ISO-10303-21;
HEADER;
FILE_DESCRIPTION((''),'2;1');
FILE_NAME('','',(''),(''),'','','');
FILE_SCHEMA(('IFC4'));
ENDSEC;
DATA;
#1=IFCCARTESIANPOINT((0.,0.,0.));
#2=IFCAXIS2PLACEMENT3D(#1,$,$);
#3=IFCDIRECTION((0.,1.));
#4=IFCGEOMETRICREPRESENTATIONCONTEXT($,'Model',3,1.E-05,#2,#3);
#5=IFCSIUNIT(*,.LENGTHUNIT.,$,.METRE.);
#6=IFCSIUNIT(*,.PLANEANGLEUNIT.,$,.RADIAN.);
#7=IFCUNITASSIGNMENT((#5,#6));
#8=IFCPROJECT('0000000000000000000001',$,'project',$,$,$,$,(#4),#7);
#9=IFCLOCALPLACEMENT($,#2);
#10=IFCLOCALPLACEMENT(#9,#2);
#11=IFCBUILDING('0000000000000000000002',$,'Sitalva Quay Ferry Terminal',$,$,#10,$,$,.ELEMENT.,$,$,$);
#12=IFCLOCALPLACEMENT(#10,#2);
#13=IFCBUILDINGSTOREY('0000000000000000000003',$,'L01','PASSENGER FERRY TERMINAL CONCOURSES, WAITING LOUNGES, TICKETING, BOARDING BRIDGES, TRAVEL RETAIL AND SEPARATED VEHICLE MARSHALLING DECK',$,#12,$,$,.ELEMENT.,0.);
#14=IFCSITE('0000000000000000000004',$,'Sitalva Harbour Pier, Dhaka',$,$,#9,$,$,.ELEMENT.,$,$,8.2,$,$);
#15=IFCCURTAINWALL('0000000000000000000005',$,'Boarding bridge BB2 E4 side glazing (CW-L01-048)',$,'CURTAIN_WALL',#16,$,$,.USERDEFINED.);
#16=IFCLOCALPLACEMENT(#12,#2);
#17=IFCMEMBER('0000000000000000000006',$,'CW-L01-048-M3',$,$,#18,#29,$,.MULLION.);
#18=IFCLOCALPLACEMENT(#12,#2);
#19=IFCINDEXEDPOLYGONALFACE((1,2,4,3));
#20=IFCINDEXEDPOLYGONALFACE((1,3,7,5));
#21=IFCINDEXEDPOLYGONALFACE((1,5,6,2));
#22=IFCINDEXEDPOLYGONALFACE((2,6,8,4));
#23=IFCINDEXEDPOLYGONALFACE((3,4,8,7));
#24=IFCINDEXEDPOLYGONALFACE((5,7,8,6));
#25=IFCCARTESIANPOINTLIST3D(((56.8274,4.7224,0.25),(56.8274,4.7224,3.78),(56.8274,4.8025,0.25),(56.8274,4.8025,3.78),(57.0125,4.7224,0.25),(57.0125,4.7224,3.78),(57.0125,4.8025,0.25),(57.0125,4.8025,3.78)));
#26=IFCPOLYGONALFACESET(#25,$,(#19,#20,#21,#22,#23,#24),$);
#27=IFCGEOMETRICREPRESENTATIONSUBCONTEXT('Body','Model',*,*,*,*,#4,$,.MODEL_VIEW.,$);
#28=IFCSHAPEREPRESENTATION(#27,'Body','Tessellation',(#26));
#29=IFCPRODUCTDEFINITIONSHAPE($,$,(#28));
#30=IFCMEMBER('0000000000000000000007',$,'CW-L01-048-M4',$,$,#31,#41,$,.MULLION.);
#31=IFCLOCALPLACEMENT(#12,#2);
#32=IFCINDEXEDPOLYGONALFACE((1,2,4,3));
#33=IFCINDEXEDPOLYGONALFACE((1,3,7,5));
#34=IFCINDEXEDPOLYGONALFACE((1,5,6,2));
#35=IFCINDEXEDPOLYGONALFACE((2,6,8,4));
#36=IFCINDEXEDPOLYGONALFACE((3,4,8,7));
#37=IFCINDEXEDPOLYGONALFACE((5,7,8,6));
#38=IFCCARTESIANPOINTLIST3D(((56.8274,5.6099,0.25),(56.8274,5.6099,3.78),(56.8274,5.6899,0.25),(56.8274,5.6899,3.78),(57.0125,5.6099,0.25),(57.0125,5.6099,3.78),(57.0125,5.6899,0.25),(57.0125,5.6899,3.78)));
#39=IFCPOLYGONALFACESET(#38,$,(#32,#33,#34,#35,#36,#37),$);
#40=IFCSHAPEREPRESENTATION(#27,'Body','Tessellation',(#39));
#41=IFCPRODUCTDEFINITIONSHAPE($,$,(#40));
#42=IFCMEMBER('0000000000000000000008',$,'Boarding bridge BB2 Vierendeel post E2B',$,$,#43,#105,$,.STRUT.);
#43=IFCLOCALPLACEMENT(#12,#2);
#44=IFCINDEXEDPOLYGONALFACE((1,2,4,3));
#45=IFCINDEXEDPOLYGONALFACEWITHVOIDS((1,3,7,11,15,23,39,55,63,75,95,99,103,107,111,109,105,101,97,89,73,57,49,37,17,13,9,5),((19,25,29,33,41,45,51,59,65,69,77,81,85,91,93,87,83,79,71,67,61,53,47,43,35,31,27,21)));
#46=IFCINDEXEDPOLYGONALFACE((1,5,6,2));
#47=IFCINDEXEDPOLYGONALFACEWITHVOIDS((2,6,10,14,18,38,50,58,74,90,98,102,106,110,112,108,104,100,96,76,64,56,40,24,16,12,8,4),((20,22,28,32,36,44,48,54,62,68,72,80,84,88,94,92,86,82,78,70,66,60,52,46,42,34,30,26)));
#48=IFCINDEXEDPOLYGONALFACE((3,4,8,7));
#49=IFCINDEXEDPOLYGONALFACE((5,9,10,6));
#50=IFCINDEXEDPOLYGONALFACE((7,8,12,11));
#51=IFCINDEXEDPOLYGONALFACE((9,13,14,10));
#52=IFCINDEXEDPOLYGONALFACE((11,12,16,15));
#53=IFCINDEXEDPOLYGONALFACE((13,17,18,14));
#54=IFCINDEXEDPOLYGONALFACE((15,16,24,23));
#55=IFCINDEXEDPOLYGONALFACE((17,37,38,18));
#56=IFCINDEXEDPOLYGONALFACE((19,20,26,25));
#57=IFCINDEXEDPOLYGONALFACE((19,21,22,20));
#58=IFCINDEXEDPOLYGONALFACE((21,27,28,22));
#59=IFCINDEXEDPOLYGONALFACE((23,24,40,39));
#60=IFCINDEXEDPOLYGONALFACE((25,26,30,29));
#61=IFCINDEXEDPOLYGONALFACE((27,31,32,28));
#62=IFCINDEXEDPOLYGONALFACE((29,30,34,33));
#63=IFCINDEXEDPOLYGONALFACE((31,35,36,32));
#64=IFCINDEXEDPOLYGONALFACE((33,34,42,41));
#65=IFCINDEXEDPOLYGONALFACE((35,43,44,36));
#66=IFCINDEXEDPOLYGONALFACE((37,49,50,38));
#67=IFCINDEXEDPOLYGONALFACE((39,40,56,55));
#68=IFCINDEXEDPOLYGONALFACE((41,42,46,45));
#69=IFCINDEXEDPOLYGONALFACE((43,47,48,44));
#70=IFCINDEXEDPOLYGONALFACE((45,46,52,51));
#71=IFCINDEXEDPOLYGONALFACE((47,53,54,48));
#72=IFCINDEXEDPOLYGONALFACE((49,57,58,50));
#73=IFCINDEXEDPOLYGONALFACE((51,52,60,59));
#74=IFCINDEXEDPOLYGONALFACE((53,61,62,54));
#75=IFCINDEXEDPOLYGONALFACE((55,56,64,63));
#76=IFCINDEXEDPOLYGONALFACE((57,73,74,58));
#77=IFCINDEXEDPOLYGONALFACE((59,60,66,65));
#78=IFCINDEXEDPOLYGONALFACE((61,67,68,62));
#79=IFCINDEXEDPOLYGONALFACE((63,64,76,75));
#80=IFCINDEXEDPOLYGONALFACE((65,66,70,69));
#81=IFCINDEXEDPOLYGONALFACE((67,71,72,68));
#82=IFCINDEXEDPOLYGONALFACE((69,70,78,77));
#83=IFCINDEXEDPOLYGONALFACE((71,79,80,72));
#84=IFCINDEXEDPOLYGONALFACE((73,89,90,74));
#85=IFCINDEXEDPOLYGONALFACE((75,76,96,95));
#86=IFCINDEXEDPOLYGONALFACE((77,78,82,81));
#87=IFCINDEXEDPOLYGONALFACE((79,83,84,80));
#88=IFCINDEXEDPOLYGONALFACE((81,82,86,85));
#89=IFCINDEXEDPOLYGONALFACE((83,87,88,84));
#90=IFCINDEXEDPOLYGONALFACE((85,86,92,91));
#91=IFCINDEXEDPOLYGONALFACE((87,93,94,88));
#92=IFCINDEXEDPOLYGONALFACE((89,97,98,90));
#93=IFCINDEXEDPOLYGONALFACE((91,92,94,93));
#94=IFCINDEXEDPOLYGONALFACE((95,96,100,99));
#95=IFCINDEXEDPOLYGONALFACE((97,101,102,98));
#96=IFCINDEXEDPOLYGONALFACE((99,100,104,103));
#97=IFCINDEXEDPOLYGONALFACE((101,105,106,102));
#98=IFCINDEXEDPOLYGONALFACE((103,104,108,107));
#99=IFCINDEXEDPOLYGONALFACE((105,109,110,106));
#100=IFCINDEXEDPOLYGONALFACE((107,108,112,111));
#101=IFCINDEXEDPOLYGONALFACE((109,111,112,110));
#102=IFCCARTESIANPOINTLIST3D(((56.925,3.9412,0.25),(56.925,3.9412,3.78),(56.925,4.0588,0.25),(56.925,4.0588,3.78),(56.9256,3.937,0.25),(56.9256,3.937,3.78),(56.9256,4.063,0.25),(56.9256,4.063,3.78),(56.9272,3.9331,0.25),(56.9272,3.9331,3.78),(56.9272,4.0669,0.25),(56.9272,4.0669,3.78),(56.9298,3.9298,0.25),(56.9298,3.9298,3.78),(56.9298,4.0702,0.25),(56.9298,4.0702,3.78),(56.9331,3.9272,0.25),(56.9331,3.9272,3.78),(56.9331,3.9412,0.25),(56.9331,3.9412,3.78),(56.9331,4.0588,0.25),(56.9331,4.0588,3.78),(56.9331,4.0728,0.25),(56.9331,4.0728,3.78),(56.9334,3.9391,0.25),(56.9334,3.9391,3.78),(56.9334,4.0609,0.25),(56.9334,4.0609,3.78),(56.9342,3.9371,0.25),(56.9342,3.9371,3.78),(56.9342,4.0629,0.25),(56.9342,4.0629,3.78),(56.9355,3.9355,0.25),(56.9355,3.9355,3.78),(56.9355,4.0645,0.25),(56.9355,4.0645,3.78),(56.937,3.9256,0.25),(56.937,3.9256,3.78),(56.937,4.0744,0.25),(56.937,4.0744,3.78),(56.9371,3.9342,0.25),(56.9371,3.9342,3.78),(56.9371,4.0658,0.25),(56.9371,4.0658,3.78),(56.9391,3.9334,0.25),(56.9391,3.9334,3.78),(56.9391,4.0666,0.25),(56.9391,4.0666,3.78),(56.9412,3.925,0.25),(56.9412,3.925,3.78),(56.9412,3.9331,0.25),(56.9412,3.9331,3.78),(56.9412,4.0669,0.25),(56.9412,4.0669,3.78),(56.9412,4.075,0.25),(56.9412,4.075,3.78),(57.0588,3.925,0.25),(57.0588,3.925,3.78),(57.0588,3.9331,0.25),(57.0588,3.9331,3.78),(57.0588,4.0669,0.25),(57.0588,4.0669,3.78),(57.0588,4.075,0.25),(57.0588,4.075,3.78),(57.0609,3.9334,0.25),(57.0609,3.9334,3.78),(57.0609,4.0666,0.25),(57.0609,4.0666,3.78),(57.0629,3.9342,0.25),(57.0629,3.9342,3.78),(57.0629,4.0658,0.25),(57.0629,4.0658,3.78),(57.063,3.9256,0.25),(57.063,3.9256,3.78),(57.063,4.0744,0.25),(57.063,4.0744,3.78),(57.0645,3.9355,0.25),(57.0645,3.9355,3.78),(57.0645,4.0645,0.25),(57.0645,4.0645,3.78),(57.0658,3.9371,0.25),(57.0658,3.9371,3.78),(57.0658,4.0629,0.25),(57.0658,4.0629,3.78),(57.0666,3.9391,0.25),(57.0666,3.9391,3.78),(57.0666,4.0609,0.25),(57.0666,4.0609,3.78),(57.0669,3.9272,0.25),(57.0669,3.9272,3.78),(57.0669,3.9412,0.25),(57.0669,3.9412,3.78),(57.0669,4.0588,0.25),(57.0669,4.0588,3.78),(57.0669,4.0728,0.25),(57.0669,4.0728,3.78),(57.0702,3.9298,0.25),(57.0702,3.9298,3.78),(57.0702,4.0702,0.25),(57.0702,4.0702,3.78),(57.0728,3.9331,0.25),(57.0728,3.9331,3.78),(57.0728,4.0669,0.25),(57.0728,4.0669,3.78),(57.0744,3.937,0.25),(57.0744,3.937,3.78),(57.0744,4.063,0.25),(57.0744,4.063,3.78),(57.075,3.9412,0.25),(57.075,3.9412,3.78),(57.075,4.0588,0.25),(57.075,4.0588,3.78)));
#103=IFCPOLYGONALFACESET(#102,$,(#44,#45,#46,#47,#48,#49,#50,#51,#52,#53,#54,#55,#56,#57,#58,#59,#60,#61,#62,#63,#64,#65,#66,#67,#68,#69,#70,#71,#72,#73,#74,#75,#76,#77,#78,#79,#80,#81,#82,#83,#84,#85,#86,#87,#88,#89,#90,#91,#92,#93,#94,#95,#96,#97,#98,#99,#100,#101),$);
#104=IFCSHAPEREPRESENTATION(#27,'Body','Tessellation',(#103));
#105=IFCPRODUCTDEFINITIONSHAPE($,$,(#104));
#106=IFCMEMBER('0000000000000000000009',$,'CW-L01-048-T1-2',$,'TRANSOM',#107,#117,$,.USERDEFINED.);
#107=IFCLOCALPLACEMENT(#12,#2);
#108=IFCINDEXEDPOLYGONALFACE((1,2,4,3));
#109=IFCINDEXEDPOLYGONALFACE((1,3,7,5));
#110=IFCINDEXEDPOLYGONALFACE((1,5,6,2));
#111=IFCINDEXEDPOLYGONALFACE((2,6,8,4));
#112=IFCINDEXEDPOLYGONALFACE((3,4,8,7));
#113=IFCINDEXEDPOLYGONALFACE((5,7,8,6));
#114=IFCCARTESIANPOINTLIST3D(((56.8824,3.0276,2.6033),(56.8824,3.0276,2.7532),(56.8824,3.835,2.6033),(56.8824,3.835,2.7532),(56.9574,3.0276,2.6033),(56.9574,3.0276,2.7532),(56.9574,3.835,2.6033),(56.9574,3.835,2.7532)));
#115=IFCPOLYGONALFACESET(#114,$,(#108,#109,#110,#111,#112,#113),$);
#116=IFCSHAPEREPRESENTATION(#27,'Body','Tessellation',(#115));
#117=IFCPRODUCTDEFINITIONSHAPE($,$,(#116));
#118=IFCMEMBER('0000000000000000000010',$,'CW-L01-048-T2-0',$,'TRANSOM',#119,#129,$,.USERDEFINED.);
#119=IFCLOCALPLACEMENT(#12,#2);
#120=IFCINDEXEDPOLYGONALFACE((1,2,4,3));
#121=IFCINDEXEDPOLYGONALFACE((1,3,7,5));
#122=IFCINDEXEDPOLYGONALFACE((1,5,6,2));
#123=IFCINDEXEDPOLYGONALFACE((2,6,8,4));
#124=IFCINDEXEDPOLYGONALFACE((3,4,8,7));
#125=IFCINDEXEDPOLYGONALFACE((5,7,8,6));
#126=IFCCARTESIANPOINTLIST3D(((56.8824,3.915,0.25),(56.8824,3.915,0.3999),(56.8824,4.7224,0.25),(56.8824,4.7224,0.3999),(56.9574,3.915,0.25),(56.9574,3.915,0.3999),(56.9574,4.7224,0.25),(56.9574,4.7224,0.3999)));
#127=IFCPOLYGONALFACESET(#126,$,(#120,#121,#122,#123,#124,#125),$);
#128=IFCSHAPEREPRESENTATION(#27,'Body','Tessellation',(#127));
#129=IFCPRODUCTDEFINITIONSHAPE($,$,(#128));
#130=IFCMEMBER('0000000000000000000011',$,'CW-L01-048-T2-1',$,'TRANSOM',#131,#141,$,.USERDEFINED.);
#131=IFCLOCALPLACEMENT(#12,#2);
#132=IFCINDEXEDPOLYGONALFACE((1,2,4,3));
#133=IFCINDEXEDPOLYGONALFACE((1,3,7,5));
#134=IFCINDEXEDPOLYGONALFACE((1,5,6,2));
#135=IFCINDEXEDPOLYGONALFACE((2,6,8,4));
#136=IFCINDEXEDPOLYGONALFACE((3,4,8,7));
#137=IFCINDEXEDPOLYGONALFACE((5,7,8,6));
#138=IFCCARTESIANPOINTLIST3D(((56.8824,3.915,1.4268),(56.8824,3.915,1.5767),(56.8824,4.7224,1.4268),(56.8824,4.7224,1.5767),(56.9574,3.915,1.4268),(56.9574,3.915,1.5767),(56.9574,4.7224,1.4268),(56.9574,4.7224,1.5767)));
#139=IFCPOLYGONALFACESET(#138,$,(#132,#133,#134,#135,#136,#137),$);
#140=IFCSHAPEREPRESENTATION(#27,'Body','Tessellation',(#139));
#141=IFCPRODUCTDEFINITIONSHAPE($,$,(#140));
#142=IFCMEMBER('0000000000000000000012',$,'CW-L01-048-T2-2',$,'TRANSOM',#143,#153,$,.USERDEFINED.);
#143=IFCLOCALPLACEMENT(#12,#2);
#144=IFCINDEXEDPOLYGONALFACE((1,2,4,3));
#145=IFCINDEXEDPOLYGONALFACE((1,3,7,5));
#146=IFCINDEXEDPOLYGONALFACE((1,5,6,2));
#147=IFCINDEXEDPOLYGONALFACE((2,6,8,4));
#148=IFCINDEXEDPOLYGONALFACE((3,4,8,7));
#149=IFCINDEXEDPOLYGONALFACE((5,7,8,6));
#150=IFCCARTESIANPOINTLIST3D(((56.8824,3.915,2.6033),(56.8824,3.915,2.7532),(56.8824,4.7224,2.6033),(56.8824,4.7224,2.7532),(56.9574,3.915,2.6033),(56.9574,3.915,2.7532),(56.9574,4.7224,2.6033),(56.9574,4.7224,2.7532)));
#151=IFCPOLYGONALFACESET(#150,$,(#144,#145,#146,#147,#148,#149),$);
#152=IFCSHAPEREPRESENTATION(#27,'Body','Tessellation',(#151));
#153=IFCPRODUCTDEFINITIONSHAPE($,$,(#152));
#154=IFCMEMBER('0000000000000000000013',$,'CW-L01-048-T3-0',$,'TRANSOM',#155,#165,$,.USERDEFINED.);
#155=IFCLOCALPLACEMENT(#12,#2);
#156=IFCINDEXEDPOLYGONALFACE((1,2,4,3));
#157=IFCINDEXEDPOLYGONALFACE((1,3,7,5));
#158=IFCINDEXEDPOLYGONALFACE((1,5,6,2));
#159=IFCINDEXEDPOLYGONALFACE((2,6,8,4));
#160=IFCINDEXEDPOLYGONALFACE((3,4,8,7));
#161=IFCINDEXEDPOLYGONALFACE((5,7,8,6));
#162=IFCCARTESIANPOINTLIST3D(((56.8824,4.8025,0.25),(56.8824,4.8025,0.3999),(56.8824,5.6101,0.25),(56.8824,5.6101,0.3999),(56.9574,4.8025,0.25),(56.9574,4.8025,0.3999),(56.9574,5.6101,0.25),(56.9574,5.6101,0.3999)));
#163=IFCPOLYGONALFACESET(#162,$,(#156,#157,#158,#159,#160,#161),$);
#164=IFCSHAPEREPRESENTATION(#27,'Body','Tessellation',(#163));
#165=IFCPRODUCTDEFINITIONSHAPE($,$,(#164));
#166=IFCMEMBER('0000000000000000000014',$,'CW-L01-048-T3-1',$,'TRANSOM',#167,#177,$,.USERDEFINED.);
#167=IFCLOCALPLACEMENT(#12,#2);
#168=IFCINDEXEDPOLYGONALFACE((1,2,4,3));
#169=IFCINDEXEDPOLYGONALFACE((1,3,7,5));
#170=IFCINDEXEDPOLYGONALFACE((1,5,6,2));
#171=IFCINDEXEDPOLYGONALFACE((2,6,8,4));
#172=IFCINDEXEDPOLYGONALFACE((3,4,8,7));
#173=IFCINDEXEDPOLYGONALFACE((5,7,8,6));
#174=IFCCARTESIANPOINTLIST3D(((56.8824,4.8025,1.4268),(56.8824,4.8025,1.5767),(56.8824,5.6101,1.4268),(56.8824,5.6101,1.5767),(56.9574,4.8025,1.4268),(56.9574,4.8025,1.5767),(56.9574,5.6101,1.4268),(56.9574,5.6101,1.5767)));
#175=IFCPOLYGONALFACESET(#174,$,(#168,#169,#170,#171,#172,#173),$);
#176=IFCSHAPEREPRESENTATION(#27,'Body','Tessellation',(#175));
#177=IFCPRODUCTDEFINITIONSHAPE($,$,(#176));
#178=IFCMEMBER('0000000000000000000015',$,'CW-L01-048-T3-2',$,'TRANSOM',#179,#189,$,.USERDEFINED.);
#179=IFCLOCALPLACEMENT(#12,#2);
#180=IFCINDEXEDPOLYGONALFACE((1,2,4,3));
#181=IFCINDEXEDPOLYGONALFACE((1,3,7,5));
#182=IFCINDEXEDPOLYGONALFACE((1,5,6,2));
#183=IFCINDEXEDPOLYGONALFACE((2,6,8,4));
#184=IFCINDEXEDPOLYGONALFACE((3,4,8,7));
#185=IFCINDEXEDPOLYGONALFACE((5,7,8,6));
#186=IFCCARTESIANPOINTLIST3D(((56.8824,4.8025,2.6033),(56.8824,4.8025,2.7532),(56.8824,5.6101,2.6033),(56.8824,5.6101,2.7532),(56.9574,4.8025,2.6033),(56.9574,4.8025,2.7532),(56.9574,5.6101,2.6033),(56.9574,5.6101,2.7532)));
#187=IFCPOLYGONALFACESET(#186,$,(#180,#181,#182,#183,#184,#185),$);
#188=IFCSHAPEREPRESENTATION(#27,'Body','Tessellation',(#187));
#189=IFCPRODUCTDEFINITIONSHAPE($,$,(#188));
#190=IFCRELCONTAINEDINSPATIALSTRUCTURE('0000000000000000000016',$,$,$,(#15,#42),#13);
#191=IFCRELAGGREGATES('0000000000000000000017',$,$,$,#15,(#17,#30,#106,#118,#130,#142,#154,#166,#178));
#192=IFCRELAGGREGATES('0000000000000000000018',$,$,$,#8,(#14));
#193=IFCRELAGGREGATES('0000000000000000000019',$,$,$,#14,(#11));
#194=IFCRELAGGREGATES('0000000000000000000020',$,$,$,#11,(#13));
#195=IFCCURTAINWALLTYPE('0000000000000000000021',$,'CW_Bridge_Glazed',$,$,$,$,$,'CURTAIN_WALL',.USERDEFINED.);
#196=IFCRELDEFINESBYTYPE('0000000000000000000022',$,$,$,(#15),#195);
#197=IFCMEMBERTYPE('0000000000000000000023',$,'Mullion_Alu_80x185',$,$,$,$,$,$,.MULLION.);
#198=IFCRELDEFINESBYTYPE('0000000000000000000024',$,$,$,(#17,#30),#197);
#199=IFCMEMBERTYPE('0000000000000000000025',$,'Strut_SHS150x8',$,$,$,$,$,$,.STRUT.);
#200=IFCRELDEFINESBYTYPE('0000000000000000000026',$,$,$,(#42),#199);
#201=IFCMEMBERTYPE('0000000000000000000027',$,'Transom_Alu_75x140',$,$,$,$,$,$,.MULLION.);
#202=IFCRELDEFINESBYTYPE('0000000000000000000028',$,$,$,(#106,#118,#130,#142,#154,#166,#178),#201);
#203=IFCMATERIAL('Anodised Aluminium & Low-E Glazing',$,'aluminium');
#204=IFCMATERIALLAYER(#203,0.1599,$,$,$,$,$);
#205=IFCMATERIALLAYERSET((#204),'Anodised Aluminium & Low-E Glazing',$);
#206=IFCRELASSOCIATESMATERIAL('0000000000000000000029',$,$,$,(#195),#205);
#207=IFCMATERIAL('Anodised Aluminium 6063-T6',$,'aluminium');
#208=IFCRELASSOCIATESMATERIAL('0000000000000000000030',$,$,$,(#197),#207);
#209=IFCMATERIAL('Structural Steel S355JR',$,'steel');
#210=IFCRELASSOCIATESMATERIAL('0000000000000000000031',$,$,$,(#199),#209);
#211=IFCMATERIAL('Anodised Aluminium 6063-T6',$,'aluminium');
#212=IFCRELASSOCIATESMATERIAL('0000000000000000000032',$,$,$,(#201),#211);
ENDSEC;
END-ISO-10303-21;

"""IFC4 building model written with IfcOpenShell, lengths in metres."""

from ifc_helpers import new_model, si_unit, direction, frame, origin, origin_2d, place, context, subcontext, project, spatial, rectangle, hollow_rectangle, extrude, material, layer, layer_set, material_profile, profile_set, type_object, element, aggregate, save


model = new_model("IFC4")

# Units and contexts
model_context = context("Model", 3, precision=1e-05, world=origin(), true_north=direction((0.0, 1.0)))
body_context = subcontext(model_context, "Body", "Model", "MODEL_VIEW")
ifc_project = project(units=[si_unit("LENGTHUNIT", "METRE"), si_unit("PLANEANGLEUNIT", "RADIAN")], contexts=[model_context])

# Site, building, storey
site_placement = place(None, origin())
site = spatial("IfcSite", under=ifc_project, at=site_placement, Name="Sitalva Harbour Pier, Dhaka", CompositionType="ELEMENT", RefElevation=8.2)
building_placement = place(site_placement, origin())
building = spatial("IfcBuilding", under=site, at=building_placement, Name="Sitalva Quay Ferry Terminal", CompositionType="ELEMENT")
storey_placement = place(building_placement, origin())
storey = spatial("IfcBuildingStorey", under=building, at=storey_placement, Name="L01", Description="PASSENGER FERRY TERMINAL CONCOURSES, WAITING LOUNGES, TICKETING, BOARDING BRIDGES, TRAVEL RETAIL AND SEPARATED VEHICLE MARSHALLING DECK", CompositionType="ELEMENT", Elevation=0.0)

# Curtain wall, members
ifc_material_1 = material(Name="Anodised Aluminium & Low-E Glazing", Category="aluminium")
ifc_layer_1 = layer(ifc_material_1, 0.1599)
ifc_layer_set_1 = layer_set([ifc_layer_1], Name="Anodised Aluminium & Low-E Glazing")
curtain_wall_type = type_object("IfcCurtainWallType", Name="CW_Bridge_Glazed", ElementType="CURTAIN_WALL", PredefinedType="USERDEFINED", material=ifc_layer_set_1)
curtain_wall_placement = place(storey_placement, origin())
curtain_wall = element("IfcCurtainWall", 1, at=curtain_wall_placement, inside=storey, type_object=curtain_wall_type, Name="Boarding bridge BB2 E4 side glazing (CW-L01-048)", ObjectType="CURTAIN_WALL", PredefinedType="USERDEFINED")
ifc_material_2 = material(Name="Anodised Aluminium 6063-T6", Category="aluminium")
ifc_material_profile_1 = material_profile(ifc_material_2, rectangle(XDim=0.0801, YDim=0.1851, at=origin_2d()), Name="ALU80x185")
ifc_profile_set_1 = profile_set([ifc_material_profile_1], Name="Anodised Aluminium 6063-T6")
member_type_1 = type_object("IfcMemberType", Name="Mullion_Alu_80x185", PredefinedType="MULLION", material=ifc_profile_set_1)
member_1_placement = place(storey_placement, frame((56.9199, 4.7625, 0.25), z_axis=(0.0, 0.0, 1.0), x_axis=(0.0, 1.0, 0.0)))
member_1 = element("IfcMember", 2, at=member_1_placement, type_object=member_type_1, Name="CW-L01-048-M3", PredefinedType="MULLION", context=body_context, shape_type="SweptSolid", body=[
    extrude(rectangle(XDim=0.0801, YDim=0.1851, at=origin_2d()), origin(), (0.0, 0.0, 1.0), 3.53),
])
member_2_placement = place(storey_placement, frame((56.9199, 5.6499, 0.25), z_axis=(0.0, 0.0, 1.0), x_axis=(0.0, 1.0, 0.0)))
member_2 = element("IfcMember", 3, at=member_2_placement, type_object=member_type_1, Name="CW-L01-048-M4", PredefinedType="MULLION", context=body_context, shape_type="SweptSolid", body=[
    extrude(rectangle(XDim=0.0801, YDim=0.1851, at=origin_2d()), origin(), (0.0, 0.0, 1.0), 3.53),
])

# Members
ifc_material_3 = material(Name="Structural Steel S355JR", Category="steel")
ifc_material_profile_2 = material_profile(ifc_material_3, hollow_rectangle(XDim=0.1499, YDim=0.1499, WallThickness=0.0081, InnerFilletRadius=0.0081, OuterFilletRadius=0.0161, at=origin_2d()), Name="SHS150x150x8")
ifc_profile_set_2 = profile_set([ifc_material_profile_2], Name="Structural Steel S355JR")
member_type_2 = type_object("IfcMemberType", Name="Strut_SHS150x8", PredefinedType="STRUT", material=ifc_profile_set_2)
member_3_placement = place(storey_placement, frame((57.0, 4.0, 0.25), z_axis=(0.0, 0.0, 1.0), x_axis=(1.0, 0.0, 0.0)))
element("IfcMember", 4, at=member_3_placement, inside=storey, type_object=member_type_2, Name="Boarding bridge BB2 Vierendeel post E2B", PredefinedType="STRUT", context=body_context, shape_type="SweptSolid", body=[
    extrude(hollow_rectangle(XDim=0.1499, YDim=0.1499, WallThickness=0.0081, InnerFilletRadius=0.0081, OuterFilletRadius=0.0161, at=origin_2d()), origin(), (0.0, 0.0, 1.0), 3.53),
])
ifc_material_4 = material(Name="Anodised Aluminium 6063-T6", Category="aluminium")
ifc_material_profile_3 = material_profile(ifc_material_4, rectangle(XDim=0.075, YDim=0.1499, at=origin_2d()), Name="ALU75x150")
ifc_profile_set_3 = profile_set([ifc_material_profile_3], Name="Anodised Aluminium 6063-T6")
member_type_3 = type_object("IfcMemberType", Name="Transom_Alu_75x140", PredefinedType="MULLION", material=ifc_profile_set_3)
member_4_placement = place(storey_placement, frame((56.9199, 3.0276, 2.6782), z_axis=(0.0, 1.0, 0.0), x_axis=(-1.0, 0.0, 0.0)))
member_4 = element("IfcMember", 5, at=member_4_placement, type_object=member_type_3, Name="CW-L01-048-T1-2", ObjectType="TRANSOM", PredefinedType="USERDEFINED", context=body_context, shape_type="SweptSolid", body=[
    extrude(rectangle(XDim=0.075, YDim=0.1499, at=origin_2d()), origin(), (0.0, 0.0, 1.0), 0.8074),
])
member_5_placement = place(storey_placement, frame((56.9199, 3.915, 0.325), z_axis=(0.0, 1.0, 0.0), x_axis=(-1.0, 0.0, 0.0)))
member_5 = element("IfcMember", 6, at=member_5_placement, type_object=member_type_3, Name="CW-L01-048-T2-0", ObjectType="TRANSOM", PredefinedType="USERDEFINED", context=body_context, shape_type="SweptSolid", body=[
    extrude(rectangle(XDim=0.075, YDim=0.1499, at=origin_2d()), origin(), (0.0, 0.0, 1.0), 0.8074),
])
member_6_placement = place(storey_placement, frame((56.9199, 3.915, 1.5017), z_axis=(0.0, 1.0, 0.0), x_axis=(-1.0, 0.0, 0.0)))
member_6 = element("IfcMember", 7, at=member_6_placement, type_object=member_type_3, Name="CW-L01-048-T2-1", ObjectType="TRANSOM", PredefinedType="USERDEFINED", context=body_context, shape_type="SweptSolid", body=[
    extrude(rectangle(XDim=0.075, YDim=0.1499, at=origin_2d()), origin(), (0.0, 0.0, 1.0), 0.8074),
])
member_7_placement = place(storey_placement, frame((56.9199, 3.915, 2.6782), z_axis=(0.0, 1.0, 0.0), x_axis=(-1.0, 0.0, 0.0)))
member_7 = element("IfcMember", 8, at=member_7_placement, type_object=member_type_3, Name="CW-L01-048-T2-2", ObjectType="TRANSOM", PredefinedType="USERDEFINED", context=body_context, shape_type="SweptSolid", body=[
    extrude(rectangle(XDim=0.075, YDim=0.1499, at=origin_2d()), origin(), (0.0, 0.0, 1.0), 0.8074),
])
member_8_placement = place(storey_placement, frame((56.9199, 4.8025, 0.325), z_axis=(0.0, 1.0, 0.0), x_axis=(-1.0, 0.0, 0.0)))
member_8 = element("IfcMember", 9, at=member_8_placement, type_object=member_type_3, Name="CW-L01-048-T3-0", ObjectType="TRANSOM", PredefinedType="USERDEFINED", context=body_context, shape_type="SweptSolid", body=[
    extrude(rectangle(XDim=0.075, YDim=0.1499, at=origin_2d()), origin(), (0.0, 0.0, 1.0), 0.8076),
])
member_9_placement = place(storey_placement, frame((56.9199, 4.8025, 1.5017), z_axis=(0.0, 1.0, 0.0), x_axis=(-1.0, 0.0, 0.0)))
member_9 = element("IfcMember", 10, at=member_9_placement, type_object=member_type_3, Name="CW-L01-048-T3-1", ObjectType="TRANSOM", PredefinedType="USERDEFINED", context=body_context, shape_type="SweptSolid", body=[
    extrude(rectangle(XDim=0.075, YDim=0.1499, at=origin_2d()), origin(), (0.0, 0.0, 1.0), 0.8076),
])
member_10_placement = place(storey_placement, frame((56.9199, 4.8025, 2.6782), z_axis=(0.0, 1.0, 0.0), x_axis=(-1.0, 0.0, 0.0)))
member_10 = element("IfcMember", 11, at=member_10_placement, type_object=member_type_3, Name="CW-L01-048-T3-2", ObjectType="TRANSOM", PredefinedType="USERDEFINED", context=body_context, shape_type="SweptSolid", body=[
    extrude(rectangle(XDim=0.075, YDim=0.1499, at=origin_2d()), origin(), (0.0, 0.0, 1.0), 0.8076),
])

aggregate(curtain_wall, [member_1, member_2, member_4, member_5, member_6, member_7, member_8, member_9, member_10])

save(model, "model.ifc")
